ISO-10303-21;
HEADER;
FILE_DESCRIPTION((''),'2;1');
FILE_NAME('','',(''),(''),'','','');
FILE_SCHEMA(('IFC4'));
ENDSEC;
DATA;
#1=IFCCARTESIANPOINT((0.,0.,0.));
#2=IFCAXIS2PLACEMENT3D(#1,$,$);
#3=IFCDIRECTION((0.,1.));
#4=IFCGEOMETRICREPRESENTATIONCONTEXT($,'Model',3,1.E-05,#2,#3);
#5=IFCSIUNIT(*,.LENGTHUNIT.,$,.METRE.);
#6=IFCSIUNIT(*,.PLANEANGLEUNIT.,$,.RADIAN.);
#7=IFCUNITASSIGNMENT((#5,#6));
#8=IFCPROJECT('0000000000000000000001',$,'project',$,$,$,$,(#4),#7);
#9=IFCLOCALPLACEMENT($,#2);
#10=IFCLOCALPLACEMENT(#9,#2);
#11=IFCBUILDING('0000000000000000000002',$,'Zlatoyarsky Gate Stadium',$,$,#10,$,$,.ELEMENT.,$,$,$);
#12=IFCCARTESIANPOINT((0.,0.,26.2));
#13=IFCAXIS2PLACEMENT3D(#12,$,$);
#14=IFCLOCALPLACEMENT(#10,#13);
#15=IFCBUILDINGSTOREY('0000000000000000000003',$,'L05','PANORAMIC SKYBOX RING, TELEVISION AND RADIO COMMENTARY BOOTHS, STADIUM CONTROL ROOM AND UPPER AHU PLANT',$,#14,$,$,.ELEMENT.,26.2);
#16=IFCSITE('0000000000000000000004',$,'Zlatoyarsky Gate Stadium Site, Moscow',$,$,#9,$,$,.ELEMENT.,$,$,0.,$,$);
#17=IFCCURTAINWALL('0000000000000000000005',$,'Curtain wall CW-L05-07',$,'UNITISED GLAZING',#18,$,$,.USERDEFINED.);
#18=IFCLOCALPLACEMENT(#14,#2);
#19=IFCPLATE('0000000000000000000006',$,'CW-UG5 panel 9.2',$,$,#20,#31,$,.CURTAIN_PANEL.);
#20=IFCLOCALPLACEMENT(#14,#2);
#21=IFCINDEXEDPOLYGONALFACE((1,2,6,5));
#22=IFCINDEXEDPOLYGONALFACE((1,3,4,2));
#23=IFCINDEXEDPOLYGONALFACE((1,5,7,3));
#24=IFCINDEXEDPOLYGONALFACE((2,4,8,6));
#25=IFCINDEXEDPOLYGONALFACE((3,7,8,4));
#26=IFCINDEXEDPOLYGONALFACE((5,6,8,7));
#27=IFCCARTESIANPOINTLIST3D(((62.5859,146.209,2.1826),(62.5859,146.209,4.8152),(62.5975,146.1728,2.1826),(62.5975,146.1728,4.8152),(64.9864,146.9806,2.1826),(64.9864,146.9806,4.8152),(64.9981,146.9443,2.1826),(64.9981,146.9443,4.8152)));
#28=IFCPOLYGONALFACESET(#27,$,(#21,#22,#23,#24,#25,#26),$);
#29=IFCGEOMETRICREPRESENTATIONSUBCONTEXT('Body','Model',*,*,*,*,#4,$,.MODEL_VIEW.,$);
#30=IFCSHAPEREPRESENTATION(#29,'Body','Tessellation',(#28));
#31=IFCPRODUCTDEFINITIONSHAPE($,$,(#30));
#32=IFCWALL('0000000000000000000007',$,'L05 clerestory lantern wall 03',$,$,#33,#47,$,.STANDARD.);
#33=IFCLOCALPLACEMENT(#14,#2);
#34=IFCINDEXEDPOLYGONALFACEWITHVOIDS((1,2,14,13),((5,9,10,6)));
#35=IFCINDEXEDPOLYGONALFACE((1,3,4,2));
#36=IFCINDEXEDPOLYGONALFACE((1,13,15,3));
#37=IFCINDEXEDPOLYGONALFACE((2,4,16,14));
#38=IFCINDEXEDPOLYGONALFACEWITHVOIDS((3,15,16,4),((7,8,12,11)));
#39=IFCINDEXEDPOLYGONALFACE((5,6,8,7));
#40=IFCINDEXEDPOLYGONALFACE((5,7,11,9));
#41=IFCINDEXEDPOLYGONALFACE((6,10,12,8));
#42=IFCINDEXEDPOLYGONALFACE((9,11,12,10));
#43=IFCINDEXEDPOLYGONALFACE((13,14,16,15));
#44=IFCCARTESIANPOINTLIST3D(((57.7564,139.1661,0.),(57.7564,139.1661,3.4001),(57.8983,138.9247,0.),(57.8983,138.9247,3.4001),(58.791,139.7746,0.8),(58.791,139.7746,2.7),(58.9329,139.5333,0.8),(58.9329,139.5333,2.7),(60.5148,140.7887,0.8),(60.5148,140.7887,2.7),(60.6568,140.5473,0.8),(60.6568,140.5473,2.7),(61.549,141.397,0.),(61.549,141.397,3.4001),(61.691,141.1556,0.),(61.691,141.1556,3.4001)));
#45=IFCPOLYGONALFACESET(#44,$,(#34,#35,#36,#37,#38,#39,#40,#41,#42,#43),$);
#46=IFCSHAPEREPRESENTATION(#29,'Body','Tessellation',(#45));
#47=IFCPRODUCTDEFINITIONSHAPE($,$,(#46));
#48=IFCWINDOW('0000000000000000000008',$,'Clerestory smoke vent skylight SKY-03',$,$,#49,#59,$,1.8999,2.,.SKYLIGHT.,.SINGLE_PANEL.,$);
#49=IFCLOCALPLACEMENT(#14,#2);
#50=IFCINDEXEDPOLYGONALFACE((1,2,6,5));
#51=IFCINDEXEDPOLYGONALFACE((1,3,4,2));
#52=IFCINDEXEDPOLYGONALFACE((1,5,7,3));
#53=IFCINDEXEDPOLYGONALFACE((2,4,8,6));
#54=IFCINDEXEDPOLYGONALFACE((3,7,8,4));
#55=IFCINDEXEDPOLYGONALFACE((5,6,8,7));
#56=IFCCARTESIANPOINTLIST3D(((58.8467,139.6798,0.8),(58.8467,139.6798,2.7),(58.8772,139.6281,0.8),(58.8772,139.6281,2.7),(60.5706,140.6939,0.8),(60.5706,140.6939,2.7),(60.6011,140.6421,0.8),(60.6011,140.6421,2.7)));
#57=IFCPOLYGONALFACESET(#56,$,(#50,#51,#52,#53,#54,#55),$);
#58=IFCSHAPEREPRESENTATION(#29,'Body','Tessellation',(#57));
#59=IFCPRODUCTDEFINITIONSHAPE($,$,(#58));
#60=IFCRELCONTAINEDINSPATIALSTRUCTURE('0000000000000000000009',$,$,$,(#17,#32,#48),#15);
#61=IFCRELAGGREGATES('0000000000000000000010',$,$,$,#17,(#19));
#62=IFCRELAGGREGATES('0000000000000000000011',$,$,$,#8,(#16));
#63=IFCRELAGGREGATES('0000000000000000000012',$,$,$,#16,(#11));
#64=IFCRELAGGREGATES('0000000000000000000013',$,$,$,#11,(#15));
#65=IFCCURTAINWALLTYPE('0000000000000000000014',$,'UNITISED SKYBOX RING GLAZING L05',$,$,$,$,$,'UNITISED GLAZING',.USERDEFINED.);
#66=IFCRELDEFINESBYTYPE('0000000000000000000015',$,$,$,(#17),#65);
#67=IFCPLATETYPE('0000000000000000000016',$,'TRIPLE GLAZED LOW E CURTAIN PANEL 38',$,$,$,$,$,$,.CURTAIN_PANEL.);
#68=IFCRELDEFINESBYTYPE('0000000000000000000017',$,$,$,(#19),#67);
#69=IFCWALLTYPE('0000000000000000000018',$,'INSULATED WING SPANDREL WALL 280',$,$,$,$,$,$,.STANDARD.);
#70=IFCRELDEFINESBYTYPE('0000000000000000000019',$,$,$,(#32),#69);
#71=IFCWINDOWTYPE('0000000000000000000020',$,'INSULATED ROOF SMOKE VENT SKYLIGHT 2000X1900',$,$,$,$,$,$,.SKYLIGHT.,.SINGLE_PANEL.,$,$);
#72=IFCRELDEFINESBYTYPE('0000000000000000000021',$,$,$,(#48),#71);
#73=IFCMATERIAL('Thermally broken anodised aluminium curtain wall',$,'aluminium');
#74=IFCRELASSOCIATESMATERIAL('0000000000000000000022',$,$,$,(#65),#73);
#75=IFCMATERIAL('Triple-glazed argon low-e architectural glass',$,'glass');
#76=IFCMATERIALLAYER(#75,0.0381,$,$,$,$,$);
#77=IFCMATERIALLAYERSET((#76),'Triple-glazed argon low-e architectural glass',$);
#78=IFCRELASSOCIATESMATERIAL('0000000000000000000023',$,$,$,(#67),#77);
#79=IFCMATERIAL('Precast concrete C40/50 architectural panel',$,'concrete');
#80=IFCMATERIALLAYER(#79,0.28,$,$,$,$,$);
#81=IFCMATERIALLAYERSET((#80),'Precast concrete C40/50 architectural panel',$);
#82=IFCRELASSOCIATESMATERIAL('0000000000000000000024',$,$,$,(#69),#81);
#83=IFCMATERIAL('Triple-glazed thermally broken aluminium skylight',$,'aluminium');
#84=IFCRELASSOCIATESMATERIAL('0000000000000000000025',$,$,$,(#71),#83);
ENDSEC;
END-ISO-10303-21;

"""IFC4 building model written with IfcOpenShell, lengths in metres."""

from ifc_helpers import new_model, si_unit, direction, frame, frame_2d, origin, origin_2d, place, context, subcontext, project, spatial, rectangle, extrude, material, layer, layer_set, type_object, element, fill, aggregate, save


model = new_model("IFC4")

# Units and contexts
model_context = context("Model", 3, precision=1e-05, world=origin(), true_north=direction((0.0, 1.0)))
body_context = subcontext(model_context, "Body", "Model", "MODEL_VIEW")
ifc_project = project(units=[si_unit("LENGTHUNIT", "METRE"), si_unit("PLANEANGLEUNIT", "RADIAN")], contexts=[model_context])

# Site, building, storey
site_placement = place(None, origin())
site = spatial("IfcSite", under=ifc_project, at=site_placement, Name="Zlatoyarsky Gate Stadium Site, Moscow", CompositionType="ELEMENT", RefElevation=0.0)
building_placement = place(site_placement, origin())
building = spatial("IfcBuilding", under=site, at=building_placement, Name="Zlatoyarsky Gate Stadium", CompositionType="ELEMENT")
storey_placement = place(building_placement, frame((0.0, 0.0, 26.2)))
storey = spatial("IfcBuildingStorey", under=building, at=storey_placement, Name="L05", Description="PANORAMIC SKYBOX RING, TELEVISION AND RADIO COMMENTARY BOOTHS, STADIUM CONTROL ROOM AND UPPER AHU PLANT", CompositionType="ELEMENT", Elevation=26.2)

# Curtain wall
ifc_material_1 = material(Name="Thermally broken anodised aluminium curtain wall", Category="aluminium")
curtain_wall_type = type_object("IfcCurtainWallType", Name="UNITISED SKYBOX RING GLAZING L05", ElementType="UNITISED GLAZING", PredefinedType="USERDEFINED", material=ifc_material_1)
curtain_wall_1_placement = place(storey_placement, origin())
curtain_wall_1 = element("IfcCurtainWall", 1, at=curtain_wall_1_placement, inside=storey, type_object=curtain_wall_type, Name="Curtain wall CW-L05-07", ObjectType="UNITISED GLAZING", PredefinedType="USERDEFINED")

# Plate
ifc_material_2 = material(Name="Triple-glazed argon low-e architectural glass", Category="glass")
ifc_layer_1 = layer(ifc_material_2, 0.0381)
ifc_layer_set_1 = layer_set([ifc_layer_1], Name="Triple-glazed argon low-e architectural glass")
plate_type_1 = type_object("IfcPlateType", Name="TRIPLE GLAZED LOW E CURTAIN PANEL 38", PredefinedType="CURTAIN_PANEL", material=ifc_layer_set_1)
plate_1_placement = place(storey_placement, frame((63.792, 146.5767, 2.1826), z_axis=(0.0, 0.0, 1.0), x_axis=(-0.952038, -0.305979, 0.0)))
plate_1 = element("IfcPlate", 2, at=plate_1_placement, type_object=plate_type_1, Name="CW-UG5 panel 9.2", PredefinedType="CURTAIN_PANEL", context=body_context, shape_type="SweptSolid", body=[
    extrude(rectangle(XDim=2.5215, YDim=0.0381, at=origin_2d()), origin(), (0.0, 0.0, 1.0), 2.6326),
])
aggregate(curtain_wall_1, [plate_1])

# Wall, opening, window
ifc_material_3 = material(Name="Precast concrete C40/50 architectural panel", Category="concrete")
ifc_layer_2 = layer(ifc_material_3, 0.28)
ifc_layer_set_2 = layer_set([ifc_layer_2], Name="Precast concrete C40/50 architectural panel")
wall_type = type_object("IfcWallType", Name="INSULATED WING SPANDREL WALL 280", PredefinedType="STANDARD", material=ifc_layer_set_2)
wall_placement = place(storey_placement, frame((61.6201, 141.2764, 0.0), z_axis=(0.0, 0.0, 1.0), x_axis=(-0.86194, -0.50701, 0.0)))
wall = element("IfcWall", 3, at=wall_placement, inside=storey, type_object=wall_type, Name="L05 clerestory lantern wall 03", PredefinedType="STANDARD", context=body_context, shape_type="SweptSolid", body=[
    extrude(rectangle(XDim=4.4001, YDim=0.28, at=frame_2d((2.2002, 0.0))), origin(), (0.0, 0.0, 1.0), 3.4001),
])
opening_placement = place(wall_placement, frame((1.2, 0.0, 0.8)))
opening = element("IfcOpeningElement", 4, at=opening_placement, cuts=wall, PredefinedType="OPENING", context=body_context, shape_type="SweptSolid", body=[
    extrude(rectangle(XDim=2.0, YDim=1.8999, at=frame_2d((1.0, 0.95))), frame((0.0, 0.1499, 0.0), z_axis=(0.0, -1.0, 0.0), x_axis=(1.0, 0.0, 0.0)), (0.0, 0.0, 1.0), 0.3),
])
ifc_material_4 = material(Name="Triple-glazed thermally broken aluminium skylight", Category="aluminium")
window_type = type_object("IfcWindowType", Name="INSULATED ROOF SMOKE VENT SKYLIGHT 2000X1900", PartitioningType="SINGLE_PANEL", PredefinedType="SKYLIGHT", material=ifc_material_4)
window_placement = place(opening_placement, origin())
window = element("IfcWindow", 5, at=window_placement, inside=storey, type_object=window_type, Name="Clerestory smoke vent skylight SKY-03", OverallHeight=1.8999, OverallWidth=2.0, PartitioningType="SINGLE_PANEL", PredefinedType="SKYLIGHT", context=body_context, shape_type="SweptSolid", body=[
    extrude(rectangle(XDim=2.0, YDim=1.8999, at=frame_2d((1.0, 0.95))), frame((0.0, 0.03, 0.0), z_axis=(0.0, -1.0, 0.0), x_axis=(1.0, 0.0, 0.0)), (0.0, 0.0, 1.0), 0.0601),
])
fill(opening, window)

save(model, "model.ifc")
